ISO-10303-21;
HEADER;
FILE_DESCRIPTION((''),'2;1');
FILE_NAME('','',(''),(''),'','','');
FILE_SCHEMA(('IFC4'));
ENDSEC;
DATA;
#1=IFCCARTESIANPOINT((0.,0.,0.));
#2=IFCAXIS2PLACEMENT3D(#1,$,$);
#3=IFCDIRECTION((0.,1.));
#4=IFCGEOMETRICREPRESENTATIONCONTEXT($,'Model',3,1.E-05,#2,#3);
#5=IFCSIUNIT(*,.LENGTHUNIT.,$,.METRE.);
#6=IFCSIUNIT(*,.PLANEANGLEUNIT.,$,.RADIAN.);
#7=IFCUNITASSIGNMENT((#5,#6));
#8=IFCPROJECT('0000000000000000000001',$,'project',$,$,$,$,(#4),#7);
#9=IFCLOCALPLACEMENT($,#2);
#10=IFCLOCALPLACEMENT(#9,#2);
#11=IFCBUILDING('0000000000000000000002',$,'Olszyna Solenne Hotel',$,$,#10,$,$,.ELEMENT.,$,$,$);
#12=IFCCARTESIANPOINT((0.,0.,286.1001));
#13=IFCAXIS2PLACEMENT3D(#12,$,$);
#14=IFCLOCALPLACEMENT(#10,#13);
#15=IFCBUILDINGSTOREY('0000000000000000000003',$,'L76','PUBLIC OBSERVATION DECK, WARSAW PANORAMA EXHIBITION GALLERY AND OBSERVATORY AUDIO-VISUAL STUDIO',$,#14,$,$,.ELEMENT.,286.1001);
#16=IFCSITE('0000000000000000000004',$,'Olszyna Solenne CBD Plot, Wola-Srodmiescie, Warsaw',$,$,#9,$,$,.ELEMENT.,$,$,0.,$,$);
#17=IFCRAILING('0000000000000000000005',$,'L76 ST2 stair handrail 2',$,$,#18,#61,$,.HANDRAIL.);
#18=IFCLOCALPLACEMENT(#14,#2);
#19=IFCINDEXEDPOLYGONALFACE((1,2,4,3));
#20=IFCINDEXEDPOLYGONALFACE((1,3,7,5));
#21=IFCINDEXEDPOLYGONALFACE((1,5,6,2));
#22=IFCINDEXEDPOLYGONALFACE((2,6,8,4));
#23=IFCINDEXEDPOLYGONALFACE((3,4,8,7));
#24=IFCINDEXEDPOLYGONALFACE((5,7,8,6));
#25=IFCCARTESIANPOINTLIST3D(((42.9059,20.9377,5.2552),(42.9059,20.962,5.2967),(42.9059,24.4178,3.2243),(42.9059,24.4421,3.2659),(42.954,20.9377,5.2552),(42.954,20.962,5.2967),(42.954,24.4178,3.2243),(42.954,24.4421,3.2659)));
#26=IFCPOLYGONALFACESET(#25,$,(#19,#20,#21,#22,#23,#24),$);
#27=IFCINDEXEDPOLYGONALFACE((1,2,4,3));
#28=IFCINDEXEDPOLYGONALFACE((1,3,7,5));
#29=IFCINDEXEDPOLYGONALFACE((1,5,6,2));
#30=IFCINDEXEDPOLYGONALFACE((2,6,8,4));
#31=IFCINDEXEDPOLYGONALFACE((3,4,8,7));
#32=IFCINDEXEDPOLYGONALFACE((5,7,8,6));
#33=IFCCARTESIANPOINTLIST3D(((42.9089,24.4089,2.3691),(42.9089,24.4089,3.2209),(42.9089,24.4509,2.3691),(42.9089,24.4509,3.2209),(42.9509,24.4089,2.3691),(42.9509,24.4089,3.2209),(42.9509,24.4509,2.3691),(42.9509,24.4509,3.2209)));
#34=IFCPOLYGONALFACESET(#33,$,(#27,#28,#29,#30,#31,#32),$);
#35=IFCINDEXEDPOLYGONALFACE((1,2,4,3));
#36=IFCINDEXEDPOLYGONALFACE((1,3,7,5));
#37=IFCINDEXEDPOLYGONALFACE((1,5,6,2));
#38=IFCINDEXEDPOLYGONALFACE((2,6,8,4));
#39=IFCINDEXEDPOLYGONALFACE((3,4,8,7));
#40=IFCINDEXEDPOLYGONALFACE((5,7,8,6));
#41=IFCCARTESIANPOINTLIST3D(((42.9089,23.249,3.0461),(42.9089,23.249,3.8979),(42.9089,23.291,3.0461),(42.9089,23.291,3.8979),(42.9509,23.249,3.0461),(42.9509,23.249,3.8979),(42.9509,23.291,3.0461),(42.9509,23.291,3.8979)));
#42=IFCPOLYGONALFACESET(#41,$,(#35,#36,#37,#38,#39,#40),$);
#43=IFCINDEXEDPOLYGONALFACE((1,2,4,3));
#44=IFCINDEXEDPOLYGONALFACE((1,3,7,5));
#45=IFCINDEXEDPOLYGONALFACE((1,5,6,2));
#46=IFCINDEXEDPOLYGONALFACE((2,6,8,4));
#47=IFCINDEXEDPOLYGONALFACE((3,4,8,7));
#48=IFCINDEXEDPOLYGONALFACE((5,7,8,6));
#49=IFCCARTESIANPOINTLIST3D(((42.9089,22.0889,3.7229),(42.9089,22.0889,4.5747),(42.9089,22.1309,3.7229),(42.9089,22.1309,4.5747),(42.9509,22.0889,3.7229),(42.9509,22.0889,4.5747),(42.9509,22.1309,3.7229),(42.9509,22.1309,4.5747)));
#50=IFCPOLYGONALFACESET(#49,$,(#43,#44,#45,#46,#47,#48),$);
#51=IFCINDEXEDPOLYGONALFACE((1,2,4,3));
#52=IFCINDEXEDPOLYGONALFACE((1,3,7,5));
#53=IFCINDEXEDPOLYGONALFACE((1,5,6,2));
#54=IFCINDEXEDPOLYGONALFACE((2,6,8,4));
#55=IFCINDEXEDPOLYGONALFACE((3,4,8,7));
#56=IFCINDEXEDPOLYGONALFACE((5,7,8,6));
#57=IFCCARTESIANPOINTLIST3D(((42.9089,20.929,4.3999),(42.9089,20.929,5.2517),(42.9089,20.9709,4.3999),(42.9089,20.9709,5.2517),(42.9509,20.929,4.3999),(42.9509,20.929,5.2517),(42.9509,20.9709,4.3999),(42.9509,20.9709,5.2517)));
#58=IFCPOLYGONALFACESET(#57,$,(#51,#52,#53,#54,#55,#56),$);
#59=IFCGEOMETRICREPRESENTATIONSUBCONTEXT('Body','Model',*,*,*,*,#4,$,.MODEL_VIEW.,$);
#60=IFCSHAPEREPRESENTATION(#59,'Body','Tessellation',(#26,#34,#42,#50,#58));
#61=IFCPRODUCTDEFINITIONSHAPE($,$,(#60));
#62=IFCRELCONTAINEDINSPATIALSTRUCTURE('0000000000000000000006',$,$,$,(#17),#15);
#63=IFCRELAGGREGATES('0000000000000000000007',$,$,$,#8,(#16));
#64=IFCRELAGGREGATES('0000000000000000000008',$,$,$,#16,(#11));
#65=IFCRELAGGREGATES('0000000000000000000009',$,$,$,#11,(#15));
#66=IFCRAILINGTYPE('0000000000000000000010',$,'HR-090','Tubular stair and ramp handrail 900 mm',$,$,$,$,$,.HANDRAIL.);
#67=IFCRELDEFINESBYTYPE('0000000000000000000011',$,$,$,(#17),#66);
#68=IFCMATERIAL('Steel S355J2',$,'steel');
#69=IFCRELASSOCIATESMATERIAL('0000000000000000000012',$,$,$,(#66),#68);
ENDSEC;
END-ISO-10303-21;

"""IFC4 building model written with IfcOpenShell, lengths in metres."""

from ifc_helpers import new_model, si_unit, direction, frame, origin, origin_2d, place, context, subcontext, project, spatial, rectangle, extrude, material, type_object, element, save


model = new_model("IFC4")

# Units and contexts
model_context = context("Model", 3, precision=1e-05, world=origin(), true_north=direction((0.0, 1.0)))
body_context = subcontext(model_context, "Body", "Model", "MODEL_VIEW")
ifc_project = project(units=[si_unit("LENGTHUNIT", "METRE"), si_unit("PLANEANGLEUNIT", "RADIAN")], contexts=[model_context])

# Site, building, storey
site_placement = place(None, origin())
site = spatial("IfcSite", under=ifc_project, at=site_placement, Name="Olszyna Solenne CBD Plot, Wola-Srodmiescie, Warsaw", CompositionType="ELEMENT", RefElevation=0.0)
building_placement = place(site_placement, origin())
building = spatial("IfcBuilding", under=site, at=building_placement, Name="Olszyna Solenne Hotel", CompositionType="ELEMENT")
storey_placement = place(building_placement, frame((0.0, 0.0, 286.1001)))
storey = spatial("IfcBuildingStorey", under=building, at=storey_placement, Name="L76", Description="PUBLIC OBSERVATION DECK, WARSAW PANORAMA EXHIBITION GALLERY AND OBSERVATORY AUDIO-VISUAL STUDIO", CompositionType="ELEMENT", Elevation=286.1001)

# Shared definitions
ifc_material_1 = material(Name="Steel S355J2", Category="steel")

# Railing
railing_type_1 = type_object("IfcRailingType", Name="HR-090", Description="Tubular stair and ramp handrail 900 mm", PredefinedType="HANDRAIL", material=ifc_material_1)
railing_1_placement = place(storey_placement, frame((42.9299, 24.4299, 2.3691)))
element("IfcRailing", 1, at=railing_1_placement, inside=storey, type_object=railing_type_1, Name="L76 ST2 stair handrail 2", PredefinedType="HANDRAIL", context=body_context, shape_type="SweptSolid", body=[
    extrude(rectangle(XDim=0.0481, YDim=0.0481, at=origin_2d()), frame((0.0, 0.0, 0.876), z_axis=(0.0, -0.863695, 0.504014), x_axis=(1.0, 0.0, 0.0)), (0.0, 0.0, 1.0), 4.0293),
    extrude(rectangle(XDim=0.042, YDim=0.042, at=origin_2d()), origin(), (0.0, 0.0, 1.0), 0.8518),
    extrude(rectangle(XDim=0.042, YDim=0.042, at=origin_2d()), frame((0.0, -1.1599, 0.677)), (0.0, 0.0, 1.0), 0.8518),
    extrude(rectangle(XDim=0.042, YDim=0.042, at=origin_2d()), frame((0.0, -2.3201, 1.3538)), (0.0, 0.0, 1.0), 0.8518),
    extrude(rectangle(XDim=0.042, YDim=0.042, at=origin_2d()), frame((0.0, -3.48, 2.0308)), (0.0, 0.0, 1.0), 0.8518),
])

save(model, "model.ifc")
